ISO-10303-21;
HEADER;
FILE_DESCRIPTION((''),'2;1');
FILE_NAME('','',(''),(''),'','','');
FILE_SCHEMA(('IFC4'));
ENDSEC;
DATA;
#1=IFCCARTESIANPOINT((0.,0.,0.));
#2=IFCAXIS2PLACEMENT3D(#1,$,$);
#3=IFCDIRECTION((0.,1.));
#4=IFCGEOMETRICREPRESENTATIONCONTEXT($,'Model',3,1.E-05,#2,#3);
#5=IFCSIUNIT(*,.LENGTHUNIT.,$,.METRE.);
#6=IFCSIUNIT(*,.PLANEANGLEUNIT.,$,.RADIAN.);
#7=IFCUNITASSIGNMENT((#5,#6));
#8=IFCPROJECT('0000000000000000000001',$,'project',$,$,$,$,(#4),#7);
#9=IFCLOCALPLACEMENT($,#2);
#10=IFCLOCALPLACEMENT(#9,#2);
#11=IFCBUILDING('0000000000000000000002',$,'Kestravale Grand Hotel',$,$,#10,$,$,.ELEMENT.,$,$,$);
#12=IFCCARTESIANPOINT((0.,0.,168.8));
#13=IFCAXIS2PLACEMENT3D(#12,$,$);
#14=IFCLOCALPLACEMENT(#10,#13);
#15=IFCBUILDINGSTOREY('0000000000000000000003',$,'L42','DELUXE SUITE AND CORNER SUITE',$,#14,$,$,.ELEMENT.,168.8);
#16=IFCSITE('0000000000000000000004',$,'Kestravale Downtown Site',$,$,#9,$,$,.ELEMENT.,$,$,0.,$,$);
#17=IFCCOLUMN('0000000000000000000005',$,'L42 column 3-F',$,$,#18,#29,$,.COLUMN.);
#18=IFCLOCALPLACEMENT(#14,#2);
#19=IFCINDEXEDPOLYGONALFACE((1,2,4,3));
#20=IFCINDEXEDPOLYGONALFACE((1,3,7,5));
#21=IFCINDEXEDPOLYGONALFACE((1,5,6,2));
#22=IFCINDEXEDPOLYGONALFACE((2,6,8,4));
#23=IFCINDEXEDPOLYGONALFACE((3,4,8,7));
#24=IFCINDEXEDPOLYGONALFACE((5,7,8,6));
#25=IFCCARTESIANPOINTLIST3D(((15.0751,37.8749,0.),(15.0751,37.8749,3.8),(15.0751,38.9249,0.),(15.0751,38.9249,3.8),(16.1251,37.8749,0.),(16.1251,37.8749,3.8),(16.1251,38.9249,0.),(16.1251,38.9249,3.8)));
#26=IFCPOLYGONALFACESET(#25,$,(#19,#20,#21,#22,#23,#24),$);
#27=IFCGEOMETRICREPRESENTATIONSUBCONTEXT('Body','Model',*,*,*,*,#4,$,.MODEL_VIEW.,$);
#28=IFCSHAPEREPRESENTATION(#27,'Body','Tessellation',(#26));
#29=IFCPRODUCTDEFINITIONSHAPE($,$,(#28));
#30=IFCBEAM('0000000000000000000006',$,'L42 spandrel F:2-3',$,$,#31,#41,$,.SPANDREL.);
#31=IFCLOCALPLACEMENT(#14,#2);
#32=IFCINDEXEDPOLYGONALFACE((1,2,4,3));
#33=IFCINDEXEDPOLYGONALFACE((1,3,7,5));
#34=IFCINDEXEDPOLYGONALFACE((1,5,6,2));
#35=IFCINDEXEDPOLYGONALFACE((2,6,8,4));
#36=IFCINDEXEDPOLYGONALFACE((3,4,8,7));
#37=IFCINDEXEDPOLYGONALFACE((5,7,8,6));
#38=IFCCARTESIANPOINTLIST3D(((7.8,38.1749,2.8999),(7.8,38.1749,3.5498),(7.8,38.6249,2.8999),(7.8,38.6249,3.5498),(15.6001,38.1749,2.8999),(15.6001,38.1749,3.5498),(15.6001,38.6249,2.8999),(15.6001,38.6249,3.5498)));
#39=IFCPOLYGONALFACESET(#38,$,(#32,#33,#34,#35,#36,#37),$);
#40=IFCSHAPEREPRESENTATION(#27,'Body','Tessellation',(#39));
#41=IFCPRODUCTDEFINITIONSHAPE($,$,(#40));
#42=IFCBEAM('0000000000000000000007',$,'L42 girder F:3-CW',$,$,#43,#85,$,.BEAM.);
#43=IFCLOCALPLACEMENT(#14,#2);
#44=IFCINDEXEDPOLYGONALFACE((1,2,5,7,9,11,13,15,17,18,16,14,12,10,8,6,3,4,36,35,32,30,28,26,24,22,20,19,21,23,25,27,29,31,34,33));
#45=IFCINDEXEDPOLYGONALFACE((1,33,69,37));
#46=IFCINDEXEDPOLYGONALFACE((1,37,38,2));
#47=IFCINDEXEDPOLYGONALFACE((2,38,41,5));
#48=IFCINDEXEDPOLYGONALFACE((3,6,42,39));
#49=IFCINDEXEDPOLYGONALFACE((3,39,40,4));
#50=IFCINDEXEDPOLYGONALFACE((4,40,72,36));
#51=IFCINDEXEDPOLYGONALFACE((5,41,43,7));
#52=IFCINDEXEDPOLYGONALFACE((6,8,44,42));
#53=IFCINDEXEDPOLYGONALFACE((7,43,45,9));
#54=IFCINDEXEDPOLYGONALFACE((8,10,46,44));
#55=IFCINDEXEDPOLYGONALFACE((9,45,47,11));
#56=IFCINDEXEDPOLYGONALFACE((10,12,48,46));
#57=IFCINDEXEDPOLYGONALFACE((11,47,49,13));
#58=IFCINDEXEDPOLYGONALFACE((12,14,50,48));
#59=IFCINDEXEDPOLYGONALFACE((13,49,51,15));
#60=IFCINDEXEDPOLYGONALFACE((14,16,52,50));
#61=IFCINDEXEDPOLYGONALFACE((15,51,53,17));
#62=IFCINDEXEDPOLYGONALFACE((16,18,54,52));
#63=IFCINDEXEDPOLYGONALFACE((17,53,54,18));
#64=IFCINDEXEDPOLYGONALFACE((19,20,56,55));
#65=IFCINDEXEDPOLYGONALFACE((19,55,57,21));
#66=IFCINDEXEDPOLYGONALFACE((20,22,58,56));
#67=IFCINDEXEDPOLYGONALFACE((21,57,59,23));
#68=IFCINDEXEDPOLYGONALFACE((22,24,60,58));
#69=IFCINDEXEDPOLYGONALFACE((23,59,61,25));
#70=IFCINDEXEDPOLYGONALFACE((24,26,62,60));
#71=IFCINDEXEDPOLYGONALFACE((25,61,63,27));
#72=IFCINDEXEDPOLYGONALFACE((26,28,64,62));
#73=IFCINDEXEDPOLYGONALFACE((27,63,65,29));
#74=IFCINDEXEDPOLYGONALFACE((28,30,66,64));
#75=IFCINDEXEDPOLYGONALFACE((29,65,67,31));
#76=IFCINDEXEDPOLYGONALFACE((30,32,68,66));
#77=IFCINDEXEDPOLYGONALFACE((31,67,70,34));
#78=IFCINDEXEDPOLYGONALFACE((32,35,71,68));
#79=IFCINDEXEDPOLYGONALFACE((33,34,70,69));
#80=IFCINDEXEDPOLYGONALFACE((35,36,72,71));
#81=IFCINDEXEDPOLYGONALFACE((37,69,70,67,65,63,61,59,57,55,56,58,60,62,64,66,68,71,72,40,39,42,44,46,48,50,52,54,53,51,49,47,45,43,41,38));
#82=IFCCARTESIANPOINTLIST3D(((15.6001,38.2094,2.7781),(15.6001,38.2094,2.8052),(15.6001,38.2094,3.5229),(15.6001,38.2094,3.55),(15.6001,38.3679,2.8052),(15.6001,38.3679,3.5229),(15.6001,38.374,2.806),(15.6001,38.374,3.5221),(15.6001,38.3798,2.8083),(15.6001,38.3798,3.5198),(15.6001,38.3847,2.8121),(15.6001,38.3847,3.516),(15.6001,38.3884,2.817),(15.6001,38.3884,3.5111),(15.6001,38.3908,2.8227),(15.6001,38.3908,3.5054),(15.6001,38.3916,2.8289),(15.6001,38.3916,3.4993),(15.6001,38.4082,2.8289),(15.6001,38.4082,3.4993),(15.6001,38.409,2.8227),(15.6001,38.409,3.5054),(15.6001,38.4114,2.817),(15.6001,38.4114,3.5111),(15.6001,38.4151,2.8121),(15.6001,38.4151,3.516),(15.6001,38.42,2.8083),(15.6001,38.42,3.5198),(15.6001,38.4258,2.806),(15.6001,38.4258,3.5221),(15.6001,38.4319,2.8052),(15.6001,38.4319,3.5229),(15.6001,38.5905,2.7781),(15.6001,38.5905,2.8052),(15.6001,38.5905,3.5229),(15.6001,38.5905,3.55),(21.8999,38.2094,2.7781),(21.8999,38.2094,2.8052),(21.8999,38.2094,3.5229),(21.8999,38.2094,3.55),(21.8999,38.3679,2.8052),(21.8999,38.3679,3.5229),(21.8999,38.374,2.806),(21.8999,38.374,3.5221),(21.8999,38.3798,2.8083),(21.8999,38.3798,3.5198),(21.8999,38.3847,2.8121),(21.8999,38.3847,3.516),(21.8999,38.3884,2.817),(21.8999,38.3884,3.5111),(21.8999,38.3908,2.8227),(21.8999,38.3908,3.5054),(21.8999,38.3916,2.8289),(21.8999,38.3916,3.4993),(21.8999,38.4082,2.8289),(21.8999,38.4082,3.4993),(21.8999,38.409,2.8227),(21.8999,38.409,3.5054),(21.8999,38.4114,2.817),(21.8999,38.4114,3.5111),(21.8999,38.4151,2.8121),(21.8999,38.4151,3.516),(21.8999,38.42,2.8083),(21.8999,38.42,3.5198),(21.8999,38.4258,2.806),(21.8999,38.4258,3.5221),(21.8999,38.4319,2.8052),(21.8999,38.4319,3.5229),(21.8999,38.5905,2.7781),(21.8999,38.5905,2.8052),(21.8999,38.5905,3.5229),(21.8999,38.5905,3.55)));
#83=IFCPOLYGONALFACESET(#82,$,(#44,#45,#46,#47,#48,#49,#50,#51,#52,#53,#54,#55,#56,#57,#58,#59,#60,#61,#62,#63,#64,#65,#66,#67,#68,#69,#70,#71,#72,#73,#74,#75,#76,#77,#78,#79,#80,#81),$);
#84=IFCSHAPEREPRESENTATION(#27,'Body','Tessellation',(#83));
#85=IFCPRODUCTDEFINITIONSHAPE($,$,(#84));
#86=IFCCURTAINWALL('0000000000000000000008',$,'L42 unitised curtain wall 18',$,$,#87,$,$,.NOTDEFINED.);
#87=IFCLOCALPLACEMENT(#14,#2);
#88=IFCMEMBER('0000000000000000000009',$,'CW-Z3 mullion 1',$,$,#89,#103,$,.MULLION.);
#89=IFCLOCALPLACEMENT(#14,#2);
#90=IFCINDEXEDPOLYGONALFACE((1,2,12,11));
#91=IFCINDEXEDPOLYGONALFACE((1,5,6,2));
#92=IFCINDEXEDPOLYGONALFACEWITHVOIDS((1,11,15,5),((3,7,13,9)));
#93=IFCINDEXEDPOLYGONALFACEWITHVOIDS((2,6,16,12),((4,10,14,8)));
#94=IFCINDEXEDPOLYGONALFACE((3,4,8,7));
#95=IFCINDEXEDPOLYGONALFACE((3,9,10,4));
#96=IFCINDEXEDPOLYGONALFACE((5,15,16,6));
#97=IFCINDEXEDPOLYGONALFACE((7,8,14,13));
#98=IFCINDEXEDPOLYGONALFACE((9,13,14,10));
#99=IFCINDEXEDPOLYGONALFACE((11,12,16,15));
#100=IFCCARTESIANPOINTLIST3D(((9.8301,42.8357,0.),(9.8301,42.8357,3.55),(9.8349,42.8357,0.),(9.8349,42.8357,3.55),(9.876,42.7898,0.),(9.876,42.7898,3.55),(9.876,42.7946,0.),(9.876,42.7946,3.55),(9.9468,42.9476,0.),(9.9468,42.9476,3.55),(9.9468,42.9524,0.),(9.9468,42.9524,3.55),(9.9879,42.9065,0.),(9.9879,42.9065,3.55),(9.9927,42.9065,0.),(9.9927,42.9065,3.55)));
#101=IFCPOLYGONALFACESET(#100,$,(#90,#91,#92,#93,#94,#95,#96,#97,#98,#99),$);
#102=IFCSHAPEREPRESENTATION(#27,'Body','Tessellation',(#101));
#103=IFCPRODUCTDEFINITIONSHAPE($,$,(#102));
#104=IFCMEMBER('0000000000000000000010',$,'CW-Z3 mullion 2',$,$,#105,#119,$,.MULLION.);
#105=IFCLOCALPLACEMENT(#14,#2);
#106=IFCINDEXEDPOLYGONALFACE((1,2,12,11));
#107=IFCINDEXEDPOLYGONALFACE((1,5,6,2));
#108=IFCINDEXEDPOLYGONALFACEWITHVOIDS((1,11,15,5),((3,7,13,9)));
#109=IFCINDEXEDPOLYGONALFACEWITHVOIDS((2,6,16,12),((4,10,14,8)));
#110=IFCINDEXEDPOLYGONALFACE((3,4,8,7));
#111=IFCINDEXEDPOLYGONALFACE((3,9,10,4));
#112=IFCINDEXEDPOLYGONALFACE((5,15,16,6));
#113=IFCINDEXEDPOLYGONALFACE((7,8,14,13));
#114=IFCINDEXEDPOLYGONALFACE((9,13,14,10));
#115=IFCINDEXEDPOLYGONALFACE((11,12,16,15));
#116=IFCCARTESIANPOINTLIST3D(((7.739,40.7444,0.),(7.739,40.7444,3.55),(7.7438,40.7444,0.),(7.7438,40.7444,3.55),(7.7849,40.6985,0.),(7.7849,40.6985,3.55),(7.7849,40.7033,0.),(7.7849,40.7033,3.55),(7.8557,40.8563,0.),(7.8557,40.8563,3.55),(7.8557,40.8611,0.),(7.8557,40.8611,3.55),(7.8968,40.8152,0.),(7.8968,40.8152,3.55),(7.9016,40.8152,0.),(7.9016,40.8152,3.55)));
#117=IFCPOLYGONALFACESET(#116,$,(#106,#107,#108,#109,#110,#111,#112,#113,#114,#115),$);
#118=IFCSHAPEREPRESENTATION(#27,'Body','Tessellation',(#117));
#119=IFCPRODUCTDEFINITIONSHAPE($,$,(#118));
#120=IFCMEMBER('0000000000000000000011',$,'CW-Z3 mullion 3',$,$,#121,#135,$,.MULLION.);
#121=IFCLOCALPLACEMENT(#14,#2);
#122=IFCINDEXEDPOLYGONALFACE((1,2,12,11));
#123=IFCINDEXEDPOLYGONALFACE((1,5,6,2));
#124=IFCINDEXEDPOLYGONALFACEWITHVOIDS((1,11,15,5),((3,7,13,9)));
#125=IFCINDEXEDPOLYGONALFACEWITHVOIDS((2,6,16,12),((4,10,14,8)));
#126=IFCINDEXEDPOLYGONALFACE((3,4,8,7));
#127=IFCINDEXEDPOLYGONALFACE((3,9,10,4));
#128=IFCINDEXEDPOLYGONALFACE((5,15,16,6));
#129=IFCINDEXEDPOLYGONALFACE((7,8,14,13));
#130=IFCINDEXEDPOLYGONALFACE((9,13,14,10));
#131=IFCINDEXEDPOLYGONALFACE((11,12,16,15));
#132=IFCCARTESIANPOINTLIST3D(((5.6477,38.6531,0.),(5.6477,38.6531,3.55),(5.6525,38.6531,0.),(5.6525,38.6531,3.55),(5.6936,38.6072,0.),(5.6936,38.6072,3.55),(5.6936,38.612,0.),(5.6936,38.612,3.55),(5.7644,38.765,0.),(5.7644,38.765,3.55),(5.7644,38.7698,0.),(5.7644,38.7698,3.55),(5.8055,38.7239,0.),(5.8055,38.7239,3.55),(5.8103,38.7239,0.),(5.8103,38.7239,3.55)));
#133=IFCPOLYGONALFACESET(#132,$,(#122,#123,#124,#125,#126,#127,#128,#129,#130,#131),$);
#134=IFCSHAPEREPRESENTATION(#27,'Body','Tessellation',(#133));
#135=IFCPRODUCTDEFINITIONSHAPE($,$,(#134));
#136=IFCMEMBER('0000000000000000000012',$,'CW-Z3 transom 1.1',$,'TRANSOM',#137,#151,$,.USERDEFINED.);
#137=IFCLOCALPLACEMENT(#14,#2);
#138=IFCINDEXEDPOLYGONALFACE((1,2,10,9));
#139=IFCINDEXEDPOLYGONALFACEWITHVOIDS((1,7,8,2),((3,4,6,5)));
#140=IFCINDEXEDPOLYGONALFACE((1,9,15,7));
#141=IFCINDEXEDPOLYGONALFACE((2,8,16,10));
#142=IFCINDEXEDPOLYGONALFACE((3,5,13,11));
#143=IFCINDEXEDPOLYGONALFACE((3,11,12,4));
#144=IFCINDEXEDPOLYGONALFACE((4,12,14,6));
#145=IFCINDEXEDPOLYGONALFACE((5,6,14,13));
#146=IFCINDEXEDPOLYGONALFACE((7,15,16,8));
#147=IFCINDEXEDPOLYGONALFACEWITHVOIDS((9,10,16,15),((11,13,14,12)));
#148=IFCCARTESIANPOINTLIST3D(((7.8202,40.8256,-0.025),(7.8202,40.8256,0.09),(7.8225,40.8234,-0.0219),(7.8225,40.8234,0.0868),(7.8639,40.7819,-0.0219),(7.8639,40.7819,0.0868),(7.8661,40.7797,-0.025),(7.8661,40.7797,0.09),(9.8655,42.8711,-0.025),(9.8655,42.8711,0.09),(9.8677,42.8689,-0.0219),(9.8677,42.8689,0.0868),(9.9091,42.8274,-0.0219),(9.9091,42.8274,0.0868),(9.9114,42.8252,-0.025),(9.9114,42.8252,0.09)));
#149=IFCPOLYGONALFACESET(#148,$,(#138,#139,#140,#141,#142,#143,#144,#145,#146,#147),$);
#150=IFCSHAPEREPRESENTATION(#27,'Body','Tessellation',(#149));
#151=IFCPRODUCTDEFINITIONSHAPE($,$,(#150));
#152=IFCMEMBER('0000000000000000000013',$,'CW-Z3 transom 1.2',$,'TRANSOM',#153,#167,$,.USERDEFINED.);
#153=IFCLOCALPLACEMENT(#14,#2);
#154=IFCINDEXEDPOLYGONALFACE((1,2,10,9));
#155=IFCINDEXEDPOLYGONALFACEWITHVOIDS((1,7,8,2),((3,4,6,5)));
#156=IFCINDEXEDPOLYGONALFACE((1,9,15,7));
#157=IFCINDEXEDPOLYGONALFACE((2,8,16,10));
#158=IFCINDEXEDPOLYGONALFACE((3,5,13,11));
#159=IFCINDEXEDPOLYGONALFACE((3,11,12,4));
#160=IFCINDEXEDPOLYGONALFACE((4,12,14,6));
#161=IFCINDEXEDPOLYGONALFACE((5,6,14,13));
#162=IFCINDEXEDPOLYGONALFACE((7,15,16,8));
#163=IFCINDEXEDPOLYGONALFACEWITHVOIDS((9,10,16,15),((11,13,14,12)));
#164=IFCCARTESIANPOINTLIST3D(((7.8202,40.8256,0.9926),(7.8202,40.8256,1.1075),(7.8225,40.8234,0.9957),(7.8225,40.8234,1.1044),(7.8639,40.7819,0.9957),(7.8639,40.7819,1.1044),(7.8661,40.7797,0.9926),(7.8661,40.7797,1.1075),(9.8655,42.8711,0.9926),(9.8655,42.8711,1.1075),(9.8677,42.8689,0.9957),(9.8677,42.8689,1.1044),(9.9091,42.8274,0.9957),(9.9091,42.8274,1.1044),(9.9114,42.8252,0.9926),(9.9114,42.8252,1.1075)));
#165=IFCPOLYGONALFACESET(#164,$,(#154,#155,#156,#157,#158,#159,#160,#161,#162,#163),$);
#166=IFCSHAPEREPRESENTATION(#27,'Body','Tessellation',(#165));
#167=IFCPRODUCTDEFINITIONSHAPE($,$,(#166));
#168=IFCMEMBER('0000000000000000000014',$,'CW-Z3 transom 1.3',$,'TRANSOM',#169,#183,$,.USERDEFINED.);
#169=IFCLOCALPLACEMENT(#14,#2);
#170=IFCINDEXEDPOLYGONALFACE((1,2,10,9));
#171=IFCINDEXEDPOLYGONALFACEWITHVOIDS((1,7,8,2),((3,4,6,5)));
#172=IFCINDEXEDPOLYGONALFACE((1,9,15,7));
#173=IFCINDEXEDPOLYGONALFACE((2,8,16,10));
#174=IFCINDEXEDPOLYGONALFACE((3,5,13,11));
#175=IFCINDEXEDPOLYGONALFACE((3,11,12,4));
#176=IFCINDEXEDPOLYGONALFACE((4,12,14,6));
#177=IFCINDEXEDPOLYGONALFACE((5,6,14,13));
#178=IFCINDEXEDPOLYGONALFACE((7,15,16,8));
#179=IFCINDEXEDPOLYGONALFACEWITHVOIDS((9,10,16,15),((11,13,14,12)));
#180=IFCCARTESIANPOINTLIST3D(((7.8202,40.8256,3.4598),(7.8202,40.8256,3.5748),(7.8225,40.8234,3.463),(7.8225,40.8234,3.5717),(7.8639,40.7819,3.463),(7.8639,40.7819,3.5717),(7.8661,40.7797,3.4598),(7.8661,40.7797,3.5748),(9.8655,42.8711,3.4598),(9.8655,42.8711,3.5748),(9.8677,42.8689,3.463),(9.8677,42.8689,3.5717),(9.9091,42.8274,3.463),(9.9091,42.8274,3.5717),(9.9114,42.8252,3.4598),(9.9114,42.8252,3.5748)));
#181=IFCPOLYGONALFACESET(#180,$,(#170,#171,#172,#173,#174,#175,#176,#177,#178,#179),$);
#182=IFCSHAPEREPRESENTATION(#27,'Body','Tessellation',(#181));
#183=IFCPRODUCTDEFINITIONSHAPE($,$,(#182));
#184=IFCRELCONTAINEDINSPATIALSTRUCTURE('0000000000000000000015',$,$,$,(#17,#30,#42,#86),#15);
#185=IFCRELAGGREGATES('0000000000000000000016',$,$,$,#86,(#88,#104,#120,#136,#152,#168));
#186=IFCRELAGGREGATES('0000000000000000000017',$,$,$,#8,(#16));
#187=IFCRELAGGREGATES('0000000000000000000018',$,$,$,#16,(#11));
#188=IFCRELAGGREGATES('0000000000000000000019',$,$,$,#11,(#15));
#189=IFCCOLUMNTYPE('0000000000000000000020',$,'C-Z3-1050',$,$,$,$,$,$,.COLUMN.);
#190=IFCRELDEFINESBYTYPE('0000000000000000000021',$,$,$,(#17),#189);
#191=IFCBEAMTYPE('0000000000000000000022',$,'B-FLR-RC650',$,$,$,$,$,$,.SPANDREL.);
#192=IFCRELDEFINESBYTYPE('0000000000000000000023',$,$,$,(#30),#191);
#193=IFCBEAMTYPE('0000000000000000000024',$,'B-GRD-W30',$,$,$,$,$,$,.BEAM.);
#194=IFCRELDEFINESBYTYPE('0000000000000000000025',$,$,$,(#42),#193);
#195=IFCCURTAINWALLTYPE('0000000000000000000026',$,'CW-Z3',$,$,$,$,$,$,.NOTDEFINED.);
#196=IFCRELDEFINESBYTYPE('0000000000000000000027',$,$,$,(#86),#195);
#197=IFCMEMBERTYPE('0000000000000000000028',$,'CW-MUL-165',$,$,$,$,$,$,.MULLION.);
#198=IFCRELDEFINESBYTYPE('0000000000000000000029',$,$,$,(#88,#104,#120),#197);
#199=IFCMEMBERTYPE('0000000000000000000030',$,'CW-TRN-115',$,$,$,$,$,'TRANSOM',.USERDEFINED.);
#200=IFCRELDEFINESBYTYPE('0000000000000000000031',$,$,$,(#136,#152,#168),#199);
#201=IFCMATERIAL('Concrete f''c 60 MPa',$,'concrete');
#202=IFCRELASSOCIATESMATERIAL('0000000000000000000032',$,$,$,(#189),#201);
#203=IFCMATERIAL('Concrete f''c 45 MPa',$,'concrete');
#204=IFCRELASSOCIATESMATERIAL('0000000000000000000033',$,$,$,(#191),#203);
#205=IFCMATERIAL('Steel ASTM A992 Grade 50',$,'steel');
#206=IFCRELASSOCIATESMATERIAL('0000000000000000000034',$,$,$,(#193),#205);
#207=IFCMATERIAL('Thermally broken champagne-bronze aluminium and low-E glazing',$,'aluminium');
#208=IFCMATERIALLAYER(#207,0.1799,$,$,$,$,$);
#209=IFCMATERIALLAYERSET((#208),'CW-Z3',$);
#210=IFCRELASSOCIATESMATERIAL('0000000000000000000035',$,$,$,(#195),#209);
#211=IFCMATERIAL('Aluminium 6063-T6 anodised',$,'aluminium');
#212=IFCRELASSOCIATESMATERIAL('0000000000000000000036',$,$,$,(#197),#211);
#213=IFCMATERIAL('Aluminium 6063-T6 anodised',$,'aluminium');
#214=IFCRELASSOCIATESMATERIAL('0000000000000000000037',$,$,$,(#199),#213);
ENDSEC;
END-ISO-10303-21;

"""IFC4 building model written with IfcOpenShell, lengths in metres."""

from ifc_helpers import new_model, si_unit, direction, frame, origin, origin_2d, place, context, subcontext, project, spatial, rectangle, hollow_rectangle, i_section, extrude, material, layer, layer_set, material_profile, profile_set, type_object, element, aggregate, save


model = new_model("IFC4")

# Units and contexts
model_context = context("Model", 3, precision=1e-05, world=origin(), true_north=direction((0.0, 1.0)))
body_context = subcontext(model_context, "Body", "Model", "MODEL_VIEW")
ifc_project = project(units=[si_unit("LENGTHUNIT", "METRE"), si_unit("PLANEANGLEUNIT", "RADIAN")], contexts=[model_context])

# Site, building, storey
site_placement = place(None, origin())
site = spatial("IfcSite", under=ifc_project, at=site_placement, Name="Kestravale Downtown Site", CompositionType="ELEMENT", RefElevation=0.0)
building_placement = place(site_placement, origin())
building = spatial("IfcBuilding", under=site, at=building_placement, Name="Kestravale Grand Hotel", CompositionType="ELEMENT")
storey_placement = place(building_placement, frame((0.0, 0.0, 168.8)))
storey = spatial("IfcBuildingStorey", under=building, at=storey_placement, Name="L42", Description="DELUXE SUITE AND CORNER SUITE", CompositionType="ELEMENT", Elevation=168.8)

# Column
ifc_material_1 = material(Name="Concrete f'c 60 MPa", Category="concrete")
ifc_material_profile_1 = material_profile(ifc_material_1, rectangle(XDim=1.05, YDim=1.05, at=origin_2d()))
ifc_profile_set_1 = profile_set([ifc_material_profile_1], Name="Concrete f'c 60 MPa")
column_type = type_object("IfcColumnType", Name="C-Z3-1050", PredefinedType="COLUMN", material=ifc_profile_set_1)
column_placement = place(storey_placement, frame((15.6001, 38.3999, 0.0), z_axis=(0.0, 0.0, 1.0), x_axis=(1.0, 0.0, 0.0)))
element("IfcColumn", 1, at=column_placement, inside=storey, type_object=column_type, Name="L42 column 3-F", PredefinedType="COLUMN", context=body_context, shape_type="SweptSolid", body=[
    extrude(rectangle(XDim=1.05, YDim=1.05, at=origin_2d()), origin(), (0.0, 0.0, 1.0), 3.8),
])

# Beams
ifc_material_2 = material(Name="Concrete f'c 45 MPa", Category="concrete")
ifc_material_profile_2 = material_profile(ifc_material_2, rectangle(XDim=0.45, YDim=0.6499, at=origin_2d()))
ifc_profile_set_2 = profile_set([ifc_material_profile_2], Name="Concrete f'c 45 MPa")
beam_type_1 = type_object("IfcBeamType", Name="B-FLR-RC650", PredefinedType="SPANDREL", material=ifc_profile_set_2)
beam_1_placement = place(storey_placement, frame((7.8, 38.3999, 3.2249), z_axis=(1.0, 0.0, 0.0), x_axis=(0.0, 1.0, 0.0)))
element("IfcBeam", 2, at=beam_1_placement, inside=storey, type_object=beam_type_1, Name="L42 spandrel F:2-3", PredefinedType="SPANDREL", context=body_context, shape_type="SweptSolid", body=[
    extrude(rectangle(XDim=0.45, YDim=0.6499, at=origin_2d()), origin(), (0.0, 0.0, 1.0), 7.8),
])
ifc_material_3 = material(Name="Steel ASTM A992 Grade 50", Category="steel")
ifc_material_profile_3 = material_profile(ifc_material_3, i_section(OverallWidth=0.3811, OverallDepth=0.772, WebThickness=0.0166, FlangeThickness=0.0271, FilletRadius=0.0237, at=origin_2d()))
ifc_profile_set_3 = profile_set([ifc_material_profile_3], Name="Steel ASTM A992 Grade 50")
beam_type_2 = type_object("IfcBeamType", Name="B-GRD-W30", PredefinedType="BEAM", material=ifc_profile_set_3)
beam_2_placement = place(storey_placement, frame((15.6001, 38.3999, 3.1641), z_axis=(1.0, 0.0, 0.0), x_axis=(0.0, 1.0, 0.0)))
element("IfcBeam", 3, at=beam_2_placement, inside=storey, type_object=beam_type_2, Name="L42 girder F:3-CW", PredefinedType="BEAM", context=body_context, shape_type="SweptSolid", body=[
    extrude(i_section(OverallWidth=0.3811, OverallDepth=0.772, WebThickness=0.0166, FlangeThickness=0.0271, FilletRadius=0.0237, at=origin_2d()), origin(), (0.0, 0.0, 1.0), 6.2998),
])

# Curtain wall, members
ifc_material_4 = material(Name="Thermally broken champagne-bronze aluminium and low-E glazing", Category="aluminium")
ifc_layer_1 = layer(ifc_material_4, 0.1799)
ifc_layer_set_1 = layer_set([ifc_layer_1], Name="CW-Z3")
curtain_wall_type = type_object("IfcCurtainWallType", Name="CW-Z3", PredefinedType="NOTDEFINED", material=ifc_layer_set_1)
curtain_wall_placement = place(storey_placement, origin())
curtain_wall = element("IfcCurtainWall", 4, at=curtain_wall_placement, inside=storey, type_object=curtain_wall_type, Name="L42 unitised curtain wall 18", PredefinedType="NOTDEFINED")
ifc_material_5 = material(Name="Aluminium 6063-T6 anodised", Category="aluminium")
ifc_material_profile_4 = material_profile(ifc_material_5, hollow_rectangle(XDim=0.0649, YDim=0.165, WallThickness=0.0034, at=origin_2d()))
ifc_profile_set_4 = profile_set([ifc_material_profile_4], Name="Aluminium 6063-T6 anodised")
member_type_1 = type_object("IfcMemberType", Name="CW-MUL-165", PredefinedType="MULLION", material=ifc_profile_set_4)
member_1_placement = place(storey_placement, frame((9.9114, 42.8711, 0.0), z_axis=(0.0, 0.0, 1.0), x_axis=(0.707107, -0.707107, 0.0)))
member_1 = element("IfcMember", 5, at=member_1_placement, type_object=member_type_1, Name="CW-Z3 mullion 1", PredefinedType="MULLION", context=body_context, shape_type="SweptSolid", body=[
    extrude(hollow_rectangle(XDim=0.0649, YDim=0.165, WallThickness=0.0034, at=origin_2d()), origin(), (0.0, 0.0, 1.0), 3.55),
])
member_2_placement = place(storey_placement, frame((7.8203, 40.7798, 0.0), z_axis=(0.0, 0.0, 1.0), x_axis=(0.707107, -0.707107, 0.0)))
member_2 = element("IfcMember", 6, at=member_2_placement, type_object=member_type_1, Name="CW-Z3 mullion 2", PredefinedType="MULLION", context=body_context, shape_type="SweptSolid", body=[
    extrude(hollow_rectangle(XDim=0.0649, YDim=0.165, WallThickness=0.0034, at=origin_2d()), origin(), (0.0, 0.0, 1.0), 3.55),
])
member_3_placement = place(storey_placement, frame((5.729, 38.6885, 0.0), z_axis=(0.0, 0.0, 1.0), x_axis=(0.707107, -0.707107, 0.0)))
member_3 = element("IfcMember", 7, at=member_3_placement, type_object=member_type_1, Name="CW-Z3 mullion 3", PredefinedType="MULLION", context=body_context, shape_type="SweptSolid", body=[
    extrude(hollow_rectangle(XDim=0.0649, YDim=0.165, WallThickness=0.0034, at=origin_2d()), origin(), (0.0, 0.0, 1.0), 3.55),
])
ifc_material_6 = material(Name="Aluminium 6063-T6 anodised", Category="aluminium")
ifc_material_profile_5 = material_profile(ifc_material_6, hollow_rectangle(XDim=0.0649, YDim=0.115, WallThickness=0.0032, at=origin_2d()))
ifc_profile_set_5 = profile_set([ifc_material_profile_5], Name="Aluminium 6063-T6 anodised")
member_type_2 = type_object("IfcMemberType", Name="CW-TRN-115", ElementType="TRANSOM", PredefinedType="USERDEFINED", material=ifc_profile_set_5)
member_4_placement = place(storey_placement, frame((9.8884, 42.8481, 0.0325), z_axis=(-0.707065, -0.707149, 0.0), x_axis=(0.707149, -0.707065, 0.0)))
member_4 = element("IfcMember", 8, at=member_4_placement, type_object=member_type_2, Name="CW-Z3 transom 1.1", ObjectType="TRANSOM", PredefinedType="USERDEFINED", context=body_context, shape_type="SweptSolid", body=[
    extrude(hollow_rectangle(XDim=0.0649, YDim=0.115, WallThickness=0.0032, at=origin_2d()), origin(), (0.0, 0.0, 1.0), 2.8926),
])
member_5_placement = place(storey_placement, frame((9.8884, 42.8481, 1.05), z_axis=(-0.707065, -0.707149, 0.0), x_axis=(0.707149, -0.707065, 0.0)))
member_5 = element("IfcMember", 9, at=member_5_placement, type_object=member_type_2, Name="CW-Z3 transom 1.2", ObjectType="TRANSOM", PredefinedType="USERDEFINED", context=body_context, shape_type="SweptSolid", body=[
    extrude(hollow_rectangle(XDim=0.0649, YDim=0.115, WallThickness=0.0032, at=origin_2d()), origin(), (0.0, 0.0, 1.0), 2.8926),
])
member_6_placement = place(storey_placement, frame((9.8884, 42.8481, 3.5173), z_axis=(-0.707065, -0.707149, 0.0), x_axis=(0.707149, -0.707065, 0.0)))
member_6 = element("IfcMember", 10, at=member_6_placement, type_object=member_type_2, Name="CW-Z3 transom 1.3", ObjectType="TRANSOM", PredefinedType="USERDEFINED", context=body_context, shape_type="SweptSolid", body=[
    extrude(hollow_rectangle(XDim=0.0649, YDim=0.115, WallThickness=0.0032, at=origin_2d()), origin(), (0.0, 0.0, 1.0), 2.8926),
])
aggregate(curtain_wall, [member_1, member_2, member_3, member_4, member_5, member_6])

save(model, "model.ifc")
